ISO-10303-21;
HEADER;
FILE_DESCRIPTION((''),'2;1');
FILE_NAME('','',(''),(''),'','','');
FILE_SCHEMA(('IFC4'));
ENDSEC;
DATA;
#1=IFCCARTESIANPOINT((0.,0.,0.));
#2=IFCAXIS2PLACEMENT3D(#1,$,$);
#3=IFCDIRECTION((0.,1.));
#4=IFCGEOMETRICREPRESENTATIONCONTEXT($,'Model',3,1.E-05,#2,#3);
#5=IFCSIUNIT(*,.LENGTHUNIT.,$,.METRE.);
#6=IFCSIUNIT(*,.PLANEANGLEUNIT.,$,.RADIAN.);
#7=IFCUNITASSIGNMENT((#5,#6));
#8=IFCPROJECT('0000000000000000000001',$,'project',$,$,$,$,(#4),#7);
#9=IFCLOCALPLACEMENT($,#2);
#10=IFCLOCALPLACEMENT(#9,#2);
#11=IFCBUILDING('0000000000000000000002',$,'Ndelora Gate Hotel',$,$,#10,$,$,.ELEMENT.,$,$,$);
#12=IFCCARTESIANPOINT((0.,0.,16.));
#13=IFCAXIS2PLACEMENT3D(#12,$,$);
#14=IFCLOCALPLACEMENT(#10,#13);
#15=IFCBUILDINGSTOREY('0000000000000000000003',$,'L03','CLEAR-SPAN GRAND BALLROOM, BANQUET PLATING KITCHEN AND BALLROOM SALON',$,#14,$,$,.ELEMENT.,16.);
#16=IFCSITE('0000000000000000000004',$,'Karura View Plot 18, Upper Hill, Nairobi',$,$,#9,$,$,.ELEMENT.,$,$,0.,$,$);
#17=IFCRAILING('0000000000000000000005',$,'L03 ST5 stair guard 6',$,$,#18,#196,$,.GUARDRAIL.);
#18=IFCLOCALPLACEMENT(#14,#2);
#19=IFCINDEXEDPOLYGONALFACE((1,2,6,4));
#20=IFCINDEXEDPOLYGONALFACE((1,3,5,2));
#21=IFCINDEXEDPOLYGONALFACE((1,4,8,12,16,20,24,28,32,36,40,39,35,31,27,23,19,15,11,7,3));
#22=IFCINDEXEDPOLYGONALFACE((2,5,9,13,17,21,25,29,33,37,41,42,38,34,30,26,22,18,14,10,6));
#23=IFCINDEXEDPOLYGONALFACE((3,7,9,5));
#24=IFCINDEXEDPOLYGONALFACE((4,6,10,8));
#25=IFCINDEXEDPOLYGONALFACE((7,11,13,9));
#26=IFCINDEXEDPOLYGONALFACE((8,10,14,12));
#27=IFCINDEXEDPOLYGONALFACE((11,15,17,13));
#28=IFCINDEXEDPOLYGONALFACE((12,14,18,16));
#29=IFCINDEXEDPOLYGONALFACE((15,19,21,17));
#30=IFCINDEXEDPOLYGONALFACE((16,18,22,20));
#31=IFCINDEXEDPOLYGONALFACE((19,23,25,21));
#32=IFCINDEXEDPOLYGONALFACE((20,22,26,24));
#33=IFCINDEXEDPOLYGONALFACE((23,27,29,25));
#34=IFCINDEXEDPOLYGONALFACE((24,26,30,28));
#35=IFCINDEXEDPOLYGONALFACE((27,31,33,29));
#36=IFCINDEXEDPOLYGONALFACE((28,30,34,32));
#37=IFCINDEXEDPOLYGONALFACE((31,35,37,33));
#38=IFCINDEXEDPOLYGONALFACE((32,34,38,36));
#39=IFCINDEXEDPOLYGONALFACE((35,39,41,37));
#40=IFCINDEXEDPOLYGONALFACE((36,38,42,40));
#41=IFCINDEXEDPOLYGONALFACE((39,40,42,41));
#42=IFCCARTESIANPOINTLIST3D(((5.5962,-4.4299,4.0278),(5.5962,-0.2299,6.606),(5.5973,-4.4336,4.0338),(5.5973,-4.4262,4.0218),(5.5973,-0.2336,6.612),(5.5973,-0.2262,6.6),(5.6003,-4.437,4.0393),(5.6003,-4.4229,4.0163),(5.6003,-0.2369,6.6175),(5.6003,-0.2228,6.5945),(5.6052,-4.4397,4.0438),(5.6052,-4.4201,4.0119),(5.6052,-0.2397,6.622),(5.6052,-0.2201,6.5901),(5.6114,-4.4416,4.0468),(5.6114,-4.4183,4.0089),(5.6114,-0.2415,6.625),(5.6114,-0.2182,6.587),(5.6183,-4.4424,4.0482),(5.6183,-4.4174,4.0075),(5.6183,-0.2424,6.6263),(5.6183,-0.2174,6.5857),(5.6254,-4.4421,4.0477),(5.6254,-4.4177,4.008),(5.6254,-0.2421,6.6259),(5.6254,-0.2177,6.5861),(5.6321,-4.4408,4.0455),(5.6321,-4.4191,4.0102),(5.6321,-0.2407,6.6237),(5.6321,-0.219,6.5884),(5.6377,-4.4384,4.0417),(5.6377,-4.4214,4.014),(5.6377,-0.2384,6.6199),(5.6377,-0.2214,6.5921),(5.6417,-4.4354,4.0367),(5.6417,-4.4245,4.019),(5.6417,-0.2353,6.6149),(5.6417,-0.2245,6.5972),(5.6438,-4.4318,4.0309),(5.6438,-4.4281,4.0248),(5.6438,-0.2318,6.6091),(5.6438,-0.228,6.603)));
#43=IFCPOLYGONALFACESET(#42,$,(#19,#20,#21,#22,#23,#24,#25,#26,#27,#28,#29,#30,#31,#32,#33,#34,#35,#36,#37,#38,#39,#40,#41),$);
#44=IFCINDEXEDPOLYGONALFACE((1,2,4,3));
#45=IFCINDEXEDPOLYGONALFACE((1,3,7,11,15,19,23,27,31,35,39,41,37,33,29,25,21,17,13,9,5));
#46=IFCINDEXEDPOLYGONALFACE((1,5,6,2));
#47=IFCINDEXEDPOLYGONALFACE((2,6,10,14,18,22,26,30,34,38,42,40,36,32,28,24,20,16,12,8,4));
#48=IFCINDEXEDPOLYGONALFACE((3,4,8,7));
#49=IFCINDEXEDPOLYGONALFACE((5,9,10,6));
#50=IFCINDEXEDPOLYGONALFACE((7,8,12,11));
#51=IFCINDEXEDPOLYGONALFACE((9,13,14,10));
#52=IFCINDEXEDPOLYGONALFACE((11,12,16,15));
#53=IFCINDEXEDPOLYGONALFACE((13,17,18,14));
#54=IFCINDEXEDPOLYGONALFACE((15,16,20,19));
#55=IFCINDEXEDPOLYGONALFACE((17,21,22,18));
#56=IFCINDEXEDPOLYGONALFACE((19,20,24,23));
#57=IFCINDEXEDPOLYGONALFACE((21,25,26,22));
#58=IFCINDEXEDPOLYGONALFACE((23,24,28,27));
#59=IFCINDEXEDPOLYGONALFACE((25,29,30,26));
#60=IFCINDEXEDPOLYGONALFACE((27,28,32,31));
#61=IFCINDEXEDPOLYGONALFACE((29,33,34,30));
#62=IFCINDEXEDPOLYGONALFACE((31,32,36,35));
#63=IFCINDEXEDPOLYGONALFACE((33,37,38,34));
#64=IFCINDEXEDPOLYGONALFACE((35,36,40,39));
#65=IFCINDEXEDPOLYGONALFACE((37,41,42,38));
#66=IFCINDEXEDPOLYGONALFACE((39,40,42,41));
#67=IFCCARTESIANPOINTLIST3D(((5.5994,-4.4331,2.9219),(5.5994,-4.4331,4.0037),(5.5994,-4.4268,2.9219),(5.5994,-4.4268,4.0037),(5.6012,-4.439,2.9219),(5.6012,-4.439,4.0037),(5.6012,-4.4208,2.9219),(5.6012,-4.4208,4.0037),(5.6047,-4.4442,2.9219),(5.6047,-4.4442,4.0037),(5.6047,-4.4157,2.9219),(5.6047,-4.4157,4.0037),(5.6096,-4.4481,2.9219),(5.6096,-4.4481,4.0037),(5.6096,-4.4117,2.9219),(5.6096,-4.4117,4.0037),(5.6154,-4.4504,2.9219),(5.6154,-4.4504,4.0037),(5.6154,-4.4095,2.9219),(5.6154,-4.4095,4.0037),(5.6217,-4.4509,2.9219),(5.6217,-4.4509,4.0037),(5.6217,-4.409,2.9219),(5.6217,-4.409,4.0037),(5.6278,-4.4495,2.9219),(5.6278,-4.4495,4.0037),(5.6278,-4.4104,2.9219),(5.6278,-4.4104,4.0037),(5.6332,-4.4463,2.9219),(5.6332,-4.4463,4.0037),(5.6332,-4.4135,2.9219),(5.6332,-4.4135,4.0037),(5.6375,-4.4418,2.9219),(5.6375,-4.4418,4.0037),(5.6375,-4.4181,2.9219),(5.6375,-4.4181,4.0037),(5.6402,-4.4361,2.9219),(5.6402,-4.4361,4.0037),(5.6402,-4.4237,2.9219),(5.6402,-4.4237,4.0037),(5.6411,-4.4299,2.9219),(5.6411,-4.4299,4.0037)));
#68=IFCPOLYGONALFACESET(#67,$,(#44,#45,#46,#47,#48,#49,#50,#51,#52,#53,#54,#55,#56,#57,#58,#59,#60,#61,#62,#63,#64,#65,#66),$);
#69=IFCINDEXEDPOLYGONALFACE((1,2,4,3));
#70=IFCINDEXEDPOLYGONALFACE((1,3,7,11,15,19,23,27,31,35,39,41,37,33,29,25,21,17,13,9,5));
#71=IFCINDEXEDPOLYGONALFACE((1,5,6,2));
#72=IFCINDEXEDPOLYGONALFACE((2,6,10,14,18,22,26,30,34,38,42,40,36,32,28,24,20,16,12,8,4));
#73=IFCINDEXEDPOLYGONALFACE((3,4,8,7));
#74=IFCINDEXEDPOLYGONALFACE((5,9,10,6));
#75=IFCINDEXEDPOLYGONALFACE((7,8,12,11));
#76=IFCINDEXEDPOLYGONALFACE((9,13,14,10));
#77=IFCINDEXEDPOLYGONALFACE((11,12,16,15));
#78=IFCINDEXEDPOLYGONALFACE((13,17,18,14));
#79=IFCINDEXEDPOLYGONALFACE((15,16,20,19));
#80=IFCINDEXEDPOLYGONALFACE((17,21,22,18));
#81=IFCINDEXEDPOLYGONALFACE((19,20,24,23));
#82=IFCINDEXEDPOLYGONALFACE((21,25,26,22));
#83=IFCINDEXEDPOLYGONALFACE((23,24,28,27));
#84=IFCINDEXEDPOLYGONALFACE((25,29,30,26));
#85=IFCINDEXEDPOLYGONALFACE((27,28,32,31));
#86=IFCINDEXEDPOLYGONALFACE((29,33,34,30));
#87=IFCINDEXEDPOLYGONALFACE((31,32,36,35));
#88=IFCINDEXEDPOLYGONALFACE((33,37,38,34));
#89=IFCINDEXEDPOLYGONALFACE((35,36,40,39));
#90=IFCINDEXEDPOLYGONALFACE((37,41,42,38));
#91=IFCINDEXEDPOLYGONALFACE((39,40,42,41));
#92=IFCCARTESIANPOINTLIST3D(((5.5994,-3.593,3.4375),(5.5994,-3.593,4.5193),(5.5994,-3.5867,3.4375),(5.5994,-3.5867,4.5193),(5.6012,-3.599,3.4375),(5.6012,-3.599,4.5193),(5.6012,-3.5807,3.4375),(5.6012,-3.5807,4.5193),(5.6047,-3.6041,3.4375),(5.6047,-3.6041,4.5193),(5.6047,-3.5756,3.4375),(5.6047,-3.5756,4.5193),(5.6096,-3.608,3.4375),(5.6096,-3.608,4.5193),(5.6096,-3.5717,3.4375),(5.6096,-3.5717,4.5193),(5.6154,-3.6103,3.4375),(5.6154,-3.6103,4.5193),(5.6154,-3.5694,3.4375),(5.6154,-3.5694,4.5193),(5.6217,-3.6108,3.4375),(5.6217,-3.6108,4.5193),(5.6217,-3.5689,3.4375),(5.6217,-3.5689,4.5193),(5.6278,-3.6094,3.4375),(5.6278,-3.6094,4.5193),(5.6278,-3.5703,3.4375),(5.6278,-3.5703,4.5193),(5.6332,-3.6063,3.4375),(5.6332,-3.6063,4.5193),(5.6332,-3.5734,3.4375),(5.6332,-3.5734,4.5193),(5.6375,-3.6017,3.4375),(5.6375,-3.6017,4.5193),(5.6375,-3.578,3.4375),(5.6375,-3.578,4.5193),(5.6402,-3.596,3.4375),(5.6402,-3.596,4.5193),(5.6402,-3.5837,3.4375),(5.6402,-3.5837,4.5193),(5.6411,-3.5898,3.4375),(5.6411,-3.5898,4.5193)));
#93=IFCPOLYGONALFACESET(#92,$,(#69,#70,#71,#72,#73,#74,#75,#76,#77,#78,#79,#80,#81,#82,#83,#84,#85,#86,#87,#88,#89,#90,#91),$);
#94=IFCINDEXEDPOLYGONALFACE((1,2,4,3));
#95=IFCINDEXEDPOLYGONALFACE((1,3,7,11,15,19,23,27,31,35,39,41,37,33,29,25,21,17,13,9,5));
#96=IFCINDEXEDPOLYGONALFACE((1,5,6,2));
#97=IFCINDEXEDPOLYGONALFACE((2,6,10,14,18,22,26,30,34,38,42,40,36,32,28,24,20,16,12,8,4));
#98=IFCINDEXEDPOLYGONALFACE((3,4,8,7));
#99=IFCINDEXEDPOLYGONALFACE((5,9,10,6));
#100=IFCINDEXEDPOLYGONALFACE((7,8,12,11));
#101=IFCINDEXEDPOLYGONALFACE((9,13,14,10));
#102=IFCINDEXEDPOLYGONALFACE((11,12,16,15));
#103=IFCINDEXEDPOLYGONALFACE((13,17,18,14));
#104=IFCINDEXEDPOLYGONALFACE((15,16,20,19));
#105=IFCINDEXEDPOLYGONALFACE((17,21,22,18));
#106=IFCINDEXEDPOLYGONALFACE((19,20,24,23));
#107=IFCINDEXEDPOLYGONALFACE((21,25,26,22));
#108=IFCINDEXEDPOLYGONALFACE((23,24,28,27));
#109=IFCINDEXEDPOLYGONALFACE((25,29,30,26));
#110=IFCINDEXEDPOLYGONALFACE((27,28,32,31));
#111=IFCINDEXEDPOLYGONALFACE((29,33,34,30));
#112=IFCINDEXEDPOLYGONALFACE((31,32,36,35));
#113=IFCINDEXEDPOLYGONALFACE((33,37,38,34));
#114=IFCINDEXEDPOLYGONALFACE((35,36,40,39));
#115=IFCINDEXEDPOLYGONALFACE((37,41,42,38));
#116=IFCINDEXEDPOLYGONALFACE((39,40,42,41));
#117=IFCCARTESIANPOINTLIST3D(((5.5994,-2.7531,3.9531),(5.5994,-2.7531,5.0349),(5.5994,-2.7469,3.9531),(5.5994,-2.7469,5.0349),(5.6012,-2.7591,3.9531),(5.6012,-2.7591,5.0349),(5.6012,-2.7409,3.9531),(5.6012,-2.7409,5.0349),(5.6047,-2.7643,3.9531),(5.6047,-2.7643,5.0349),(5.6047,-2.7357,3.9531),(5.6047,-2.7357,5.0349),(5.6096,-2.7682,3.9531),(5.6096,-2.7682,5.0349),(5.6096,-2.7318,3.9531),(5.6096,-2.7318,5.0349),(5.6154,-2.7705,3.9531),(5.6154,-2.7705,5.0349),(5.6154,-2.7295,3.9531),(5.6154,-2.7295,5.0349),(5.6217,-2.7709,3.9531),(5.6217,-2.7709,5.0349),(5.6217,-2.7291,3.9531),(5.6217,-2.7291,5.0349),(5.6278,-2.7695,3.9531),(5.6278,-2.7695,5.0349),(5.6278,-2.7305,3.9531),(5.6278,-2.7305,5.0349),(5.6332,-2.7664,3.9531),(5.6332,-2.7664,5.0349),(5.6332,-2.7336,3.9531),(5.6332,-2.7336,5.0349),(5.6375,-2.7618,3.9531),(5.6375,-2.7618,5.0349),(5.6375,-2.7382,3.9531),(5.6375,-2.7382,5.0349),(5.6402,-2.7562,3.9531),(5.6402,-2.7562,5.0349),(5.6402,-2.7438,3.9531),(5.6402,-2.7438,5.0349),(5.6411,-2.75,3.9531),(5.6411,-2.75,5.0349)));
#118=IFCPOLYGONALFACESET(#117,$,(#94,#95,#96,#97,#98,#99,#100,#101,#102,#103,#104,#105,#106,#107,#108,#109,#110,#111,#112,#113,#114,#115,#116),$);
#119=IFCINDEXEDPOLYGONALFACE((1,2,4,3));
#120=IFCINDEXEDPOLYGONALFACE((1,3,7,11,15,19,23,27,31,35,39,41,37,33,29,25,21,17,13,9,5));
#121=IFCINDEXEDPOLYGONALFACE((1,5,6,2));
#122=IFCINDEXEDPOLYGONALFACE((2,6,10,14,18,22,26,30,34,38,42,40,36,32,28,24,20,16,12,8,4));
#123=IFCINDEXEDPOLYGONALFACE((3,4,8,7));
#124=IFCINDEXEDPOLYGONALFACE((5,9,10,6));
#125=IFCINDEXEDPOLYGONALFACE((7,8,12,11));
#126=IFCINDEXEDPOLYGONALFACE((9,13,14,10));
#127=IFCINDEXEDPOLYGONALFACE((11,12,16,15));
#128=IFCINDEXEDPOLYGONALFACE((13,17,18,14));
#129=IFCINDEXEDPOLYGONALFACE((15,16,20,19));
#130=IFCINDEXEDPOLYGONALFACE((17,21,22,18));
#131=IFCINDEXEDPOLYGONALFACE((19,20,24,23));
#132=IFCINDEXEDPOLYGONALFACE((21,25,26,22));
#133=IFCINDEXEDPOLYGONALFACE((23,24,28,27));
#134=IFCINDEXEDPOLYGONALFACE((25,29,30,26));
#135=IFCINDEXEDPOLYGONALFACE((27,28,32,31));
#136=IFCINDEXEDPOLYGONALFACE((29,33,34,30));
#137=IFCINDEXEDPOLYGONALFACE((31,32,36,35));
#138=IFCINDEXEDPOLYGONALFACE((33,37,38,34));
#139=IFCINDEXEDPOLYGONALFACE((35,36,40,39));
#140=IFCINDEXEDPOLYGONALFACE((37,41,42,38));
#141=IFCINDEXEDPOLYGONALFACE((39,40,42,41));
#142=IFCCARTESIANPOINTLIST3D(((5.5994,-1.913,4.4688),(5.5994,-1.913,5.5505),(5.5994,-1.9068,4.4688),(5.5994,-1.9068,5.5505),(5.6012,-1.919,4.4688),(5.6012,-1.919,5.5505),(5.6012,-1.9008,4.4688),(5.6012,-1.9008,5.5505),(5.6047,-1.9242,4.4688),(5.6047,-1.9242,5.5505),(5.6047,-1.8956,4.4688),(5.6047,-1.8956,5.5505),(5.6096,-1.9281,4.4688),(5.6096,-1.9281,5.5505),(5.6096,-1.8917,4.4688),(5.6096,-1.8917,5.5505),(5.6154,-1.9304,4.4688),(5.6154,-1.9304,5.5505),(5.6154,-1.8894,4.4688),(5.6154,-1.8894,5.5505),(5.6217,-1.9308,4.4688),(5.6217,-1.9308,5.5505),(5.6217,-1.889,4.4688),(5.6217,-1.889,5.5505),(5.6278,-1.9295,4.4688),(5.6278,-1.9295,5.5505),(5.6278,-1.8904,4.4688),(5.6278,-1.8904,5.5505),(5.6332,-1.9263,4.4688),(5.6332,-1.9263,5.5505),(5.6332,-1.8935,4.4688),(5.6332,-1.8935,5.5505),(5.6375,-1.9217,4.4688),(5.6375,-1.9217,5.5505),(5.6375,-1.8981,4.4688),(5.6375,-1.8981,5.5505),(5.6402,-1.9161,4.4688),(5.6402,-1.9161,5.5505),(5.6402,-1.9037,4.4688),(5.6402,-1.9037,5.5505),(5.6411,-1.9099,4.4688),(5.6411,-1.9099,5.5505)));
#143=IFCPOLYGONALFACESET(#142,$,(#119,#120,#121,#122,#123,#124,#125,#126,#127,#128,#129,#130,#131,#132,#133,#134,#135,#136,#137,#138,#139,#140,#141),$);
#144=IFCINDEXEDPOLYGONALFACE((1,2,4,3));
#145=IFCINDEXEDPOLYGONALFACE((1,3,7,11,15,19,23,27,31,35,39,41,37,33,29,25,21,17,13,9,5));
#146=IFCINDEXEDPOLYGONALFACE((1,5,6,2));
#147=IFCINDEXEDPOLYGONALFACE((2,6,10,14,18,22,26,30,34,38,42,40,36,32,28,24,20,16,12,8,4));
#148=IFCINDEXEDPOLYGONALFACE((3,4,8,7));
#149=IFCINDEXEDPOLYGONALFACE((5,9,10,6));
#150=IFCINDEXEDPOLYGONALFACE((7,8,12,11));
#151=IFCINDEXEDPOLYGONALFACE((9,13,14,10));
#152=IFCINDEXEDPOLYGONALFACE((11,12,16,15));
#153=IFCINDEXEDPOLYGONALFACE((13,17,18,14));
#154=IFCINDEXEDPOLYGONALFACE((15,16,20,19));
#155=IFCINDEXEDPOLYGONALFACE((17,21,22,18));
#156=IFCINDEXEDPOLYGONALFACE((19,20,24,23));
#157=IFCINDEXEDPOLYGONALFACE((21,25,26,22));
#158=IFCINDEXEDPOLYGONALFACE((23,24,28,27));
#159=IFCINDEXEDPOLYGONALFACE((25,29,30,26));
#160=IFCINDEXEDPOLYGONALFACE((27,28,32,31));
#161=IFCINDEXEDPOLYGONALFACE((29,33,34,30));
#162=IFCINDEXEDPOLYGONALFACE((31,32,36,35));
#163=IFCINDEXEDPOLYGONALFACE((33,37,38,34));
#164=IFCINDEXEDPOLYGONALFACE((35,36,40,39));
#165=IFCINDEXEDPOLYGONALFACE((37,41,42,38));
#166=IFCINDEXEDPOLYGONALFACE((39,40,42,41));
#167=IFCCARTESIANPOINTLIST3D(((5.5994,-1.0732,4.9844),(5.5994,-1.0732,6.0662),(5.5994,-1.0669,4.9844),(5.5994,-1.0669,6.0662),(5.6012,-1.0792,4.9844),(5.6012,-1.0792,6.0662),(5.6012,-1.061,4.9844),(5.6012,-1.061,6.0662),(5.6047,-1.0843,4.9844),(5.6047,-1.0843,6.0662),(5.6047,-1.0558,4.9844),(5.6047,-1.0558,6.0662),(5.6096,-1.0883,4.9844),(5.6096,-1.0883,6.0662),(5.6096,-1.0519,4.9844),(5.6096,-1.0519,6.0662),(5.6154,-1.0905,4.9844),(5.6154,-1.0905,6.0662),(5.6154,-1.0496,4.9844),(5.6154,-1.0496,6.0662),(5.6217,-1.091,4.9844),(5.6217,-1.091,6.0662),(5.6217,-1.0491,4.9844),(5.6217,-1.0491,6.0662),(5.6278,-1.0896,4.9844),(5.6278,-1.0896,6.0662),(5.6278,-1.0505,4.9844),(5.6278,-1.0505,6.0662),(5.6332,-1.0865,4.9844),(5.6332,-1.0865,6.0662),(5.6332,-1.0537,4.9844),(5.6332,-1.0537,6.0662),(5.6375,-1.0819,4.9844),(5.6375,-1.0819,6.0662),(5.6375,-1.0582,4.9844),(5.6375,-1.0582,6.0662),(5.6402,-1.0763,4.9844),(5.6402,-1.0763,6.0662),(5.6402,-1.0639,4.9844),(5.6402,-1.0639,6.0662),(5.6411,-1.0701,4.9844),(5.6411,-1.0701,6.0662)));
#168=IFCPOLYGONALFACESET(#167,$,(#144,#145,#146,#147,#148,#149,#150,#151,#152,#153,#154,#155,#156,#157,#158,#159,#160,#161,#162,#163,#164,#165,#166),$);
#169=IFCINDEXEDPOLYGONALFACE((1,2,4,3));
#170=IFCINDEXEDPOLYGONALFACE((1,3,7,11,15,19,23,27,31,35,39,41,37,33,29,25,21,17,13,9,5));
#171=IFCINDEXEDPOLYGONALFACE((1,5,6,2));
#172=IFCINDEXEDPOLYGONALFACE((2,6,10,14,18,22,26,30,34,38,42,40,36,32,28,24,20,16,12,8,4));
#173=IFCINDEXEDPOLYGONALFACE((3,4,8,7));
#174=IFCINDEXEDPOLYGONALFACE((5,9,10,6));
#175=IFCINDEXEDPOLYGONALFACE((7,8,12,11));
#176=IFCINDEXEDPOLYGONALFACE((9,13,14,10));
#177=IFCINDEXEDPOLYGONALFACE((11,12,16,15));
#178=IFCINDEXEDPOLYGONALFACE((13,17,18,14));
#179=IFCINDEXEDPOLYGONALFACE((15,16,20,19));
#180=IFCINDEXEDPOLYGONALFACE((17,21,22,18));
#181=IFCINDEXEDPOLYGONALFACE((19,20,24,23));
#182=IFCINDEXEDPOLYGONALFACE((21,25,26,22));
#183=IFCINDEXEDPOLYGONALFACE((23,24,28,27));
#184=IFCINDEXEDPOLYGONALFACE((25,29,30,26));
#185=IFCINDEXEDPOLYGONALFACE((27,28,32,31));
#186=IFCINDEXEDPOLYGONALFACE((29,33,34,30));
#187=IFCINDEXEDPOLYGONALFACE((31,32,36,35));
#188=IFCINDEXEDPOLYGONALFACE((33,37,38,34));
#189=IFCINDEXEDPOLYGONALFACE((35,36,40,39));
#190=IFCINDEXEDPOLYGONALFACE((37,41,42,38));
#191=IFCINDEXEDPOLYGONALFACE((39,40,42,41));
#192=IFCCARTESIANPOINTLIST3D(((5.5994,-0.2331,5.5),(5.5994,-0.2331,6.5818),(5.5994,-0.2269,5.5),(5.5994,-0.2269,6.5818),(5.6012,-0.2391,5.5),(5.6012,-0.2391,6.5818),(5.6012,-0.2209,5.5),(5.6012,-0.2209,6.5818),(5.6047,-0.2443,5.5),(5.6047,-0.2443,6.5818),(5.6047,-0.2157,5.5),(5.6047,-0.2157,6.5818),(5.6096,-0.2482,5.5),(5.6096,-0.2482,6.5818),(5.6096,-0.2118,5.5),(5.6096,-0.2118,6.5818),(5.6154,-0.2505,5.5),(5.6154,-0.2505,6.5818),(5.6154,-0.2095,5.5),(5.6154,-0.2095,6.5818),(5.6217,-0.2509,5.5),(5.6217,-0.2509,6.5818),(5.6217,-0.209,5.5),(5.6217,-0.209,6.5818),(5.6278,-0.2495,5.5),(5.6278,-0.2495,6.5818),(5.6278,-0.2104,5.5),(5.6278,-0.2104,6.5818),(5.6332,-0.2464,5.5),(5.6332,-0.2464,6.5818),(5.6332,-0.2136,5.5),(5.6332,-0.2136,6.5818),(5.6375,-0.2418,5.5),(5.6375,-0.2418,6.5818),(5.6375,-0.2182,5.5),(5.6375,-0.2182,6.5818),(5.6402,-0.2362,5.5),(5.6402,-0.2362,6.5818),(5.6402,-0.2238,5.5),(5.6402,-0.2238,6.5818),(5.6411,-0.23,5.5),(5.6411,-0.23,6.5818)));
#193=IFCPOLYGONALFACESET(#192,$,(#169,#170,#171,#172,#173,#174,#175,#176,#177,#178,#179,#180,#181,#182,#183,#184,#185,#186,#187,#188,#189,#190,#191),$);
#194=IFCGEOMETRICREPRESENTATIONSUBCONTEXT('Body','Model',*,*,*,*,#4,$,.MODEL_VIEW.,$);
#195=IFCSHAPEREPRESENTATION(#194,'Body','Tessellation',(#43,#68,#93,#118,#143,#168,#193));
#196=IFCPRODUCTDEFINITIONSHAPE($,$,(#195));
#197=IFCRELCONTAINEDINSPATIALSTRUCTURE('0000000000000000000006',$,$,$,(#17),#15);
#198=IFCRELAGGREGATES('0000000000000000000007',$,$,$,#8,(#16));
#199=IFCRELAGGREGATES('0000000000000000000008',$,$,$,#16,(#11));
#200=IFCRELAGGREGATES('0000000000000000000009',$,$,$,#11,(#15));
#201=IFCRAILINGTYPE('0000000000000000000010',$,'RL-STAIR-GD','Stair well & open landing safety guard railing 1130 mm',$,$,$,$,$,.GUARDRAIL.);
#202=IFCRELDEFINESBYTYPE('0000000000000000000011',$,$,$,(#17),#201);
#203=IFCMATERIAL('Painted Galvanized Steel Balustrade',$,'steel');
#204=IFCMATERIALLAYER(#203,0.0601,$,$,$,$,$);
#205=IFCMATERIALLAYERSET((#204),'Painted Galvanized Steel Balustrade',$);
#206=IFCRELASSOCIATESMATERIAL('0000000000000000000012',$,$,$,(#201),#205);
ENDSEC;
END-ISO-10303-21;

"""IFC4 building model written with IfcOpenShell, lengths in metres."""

from ifc_helpers import new_model, si_unit, direction, frame, origin, origin_2d, place, context, subcontext, project, spatial, circle, extrude, material, layer, layer_set, type_object, element, save


model = new_model("IFC4")

# Units and contexts
model_context = context("Model", 3, precision=1e-05, world=origin(), true_north=direction((0.0, 1.0)))
body_context = subcontext(model_context, "Body", "Model", "MODEL_VIEW")
ifc_project = project(units=[si_unit("LENGTHUNIT", "METRE"), si_unit("PLANEANGLEUNIT", "RADIAN")], contexts=[model_context])

# Site, building, storey
site_placement = place(None, origin())
site = spatial("IfcSite", under=ifc_project, at=site_placement, Name="Karura View Plot 18, Upper Hill, Nairobi", CompositionType="ELEMENT", RefElevation=0.0)
building_placement = place(site_placement, origin())
building = spatial("IfcBuilding", under=site, at=building_placement, Name="Ndelora Gate Hotel", CompositionType="ELEMENT")
storey_placement = place(building_placement, frame((0.0, 0.0, 16.0)))
storey = spatial("IfcBuildingStorey", under=building, at=storey_placement, Name="L03", Description="CLEAR-SPAN GRAND BALLROOM, BANQUET PLATING KITCHEN AND BALLROOM SALON", CompositionType="ELEMENT", Elevation=16.0)

# Railing
ifc_material_1 = material(Name="Painted Galvanized Steel Balustrade", Category="steel")
ifc_layer_1 = layer(ifc_material_1, 0.0601)
ifc_layer_set_1 = layer_set([ifc_layer_1], Name="Painted Galvanized Steel Balustrade")
railing_type_1 = type_object("IfcRailingType", Name="RL-STAIR-GD", Description="Stair well & open landing safety guard railing 1130 mm", PredefinedType="GUARDRAIL", material=ifc_layer_set_1)
railing_1_placement = place(storey_placement, frame((5.6201, -4.4299, 2.9219)))
element("IfcRailing", 1, at=railing_1_placement, inside=storey, type_object=railing_type_1, Name="L03 ST5 stair guard 6", PredefinedType="GUARDRAIL", context=body_context, shape_type="SweptSolid", body=[
    extrude(circle(Radius=0.0239, at=origin_2d()), frame((0.0, 0.0, 1.106), z_axis=(0.0, 0.852243, 0.523146), x_axis=(-1.0, 0.0, 0.0)), (0.0, 0.0, 1.0), 4.9282),
    extrude(circle(Radius=0.021, at=origin_2d()), origin(), (0.0, 0.0, 1.0), 1.0818),
    extrude(circle(Radius=0.021, at=origin_2d()), frame((0.0, 0.8401, 0.5156)), (0.0, 0.0, 1.0), 1.0818),
    extrude(circle(Radius=0.021, at=origin_2d()), frame((0.0, 1.6799, 1.0312)), (0.0, 0.0, 1.0), 1.0818),
    extrude(circle(Radius=0.021, at=origin_2d()), frame((0.0, 2.52, 1.5469)), (0.0, 0.0, 1.0), 1.0818),
    extrude(circle(Radius=0.021, at=origin_2d()), frame((0.0, 3.3599, 2.0625)), (0.0, 0.0, 1.0), 1.0818),
    extrude(circle(Radius=0.021, at=origin_2d()), frame((0.0, 4.2, 2.5781)), (0.0, 0.0, 1.0), 1.0818),
])

save(model, "model.ifc")
